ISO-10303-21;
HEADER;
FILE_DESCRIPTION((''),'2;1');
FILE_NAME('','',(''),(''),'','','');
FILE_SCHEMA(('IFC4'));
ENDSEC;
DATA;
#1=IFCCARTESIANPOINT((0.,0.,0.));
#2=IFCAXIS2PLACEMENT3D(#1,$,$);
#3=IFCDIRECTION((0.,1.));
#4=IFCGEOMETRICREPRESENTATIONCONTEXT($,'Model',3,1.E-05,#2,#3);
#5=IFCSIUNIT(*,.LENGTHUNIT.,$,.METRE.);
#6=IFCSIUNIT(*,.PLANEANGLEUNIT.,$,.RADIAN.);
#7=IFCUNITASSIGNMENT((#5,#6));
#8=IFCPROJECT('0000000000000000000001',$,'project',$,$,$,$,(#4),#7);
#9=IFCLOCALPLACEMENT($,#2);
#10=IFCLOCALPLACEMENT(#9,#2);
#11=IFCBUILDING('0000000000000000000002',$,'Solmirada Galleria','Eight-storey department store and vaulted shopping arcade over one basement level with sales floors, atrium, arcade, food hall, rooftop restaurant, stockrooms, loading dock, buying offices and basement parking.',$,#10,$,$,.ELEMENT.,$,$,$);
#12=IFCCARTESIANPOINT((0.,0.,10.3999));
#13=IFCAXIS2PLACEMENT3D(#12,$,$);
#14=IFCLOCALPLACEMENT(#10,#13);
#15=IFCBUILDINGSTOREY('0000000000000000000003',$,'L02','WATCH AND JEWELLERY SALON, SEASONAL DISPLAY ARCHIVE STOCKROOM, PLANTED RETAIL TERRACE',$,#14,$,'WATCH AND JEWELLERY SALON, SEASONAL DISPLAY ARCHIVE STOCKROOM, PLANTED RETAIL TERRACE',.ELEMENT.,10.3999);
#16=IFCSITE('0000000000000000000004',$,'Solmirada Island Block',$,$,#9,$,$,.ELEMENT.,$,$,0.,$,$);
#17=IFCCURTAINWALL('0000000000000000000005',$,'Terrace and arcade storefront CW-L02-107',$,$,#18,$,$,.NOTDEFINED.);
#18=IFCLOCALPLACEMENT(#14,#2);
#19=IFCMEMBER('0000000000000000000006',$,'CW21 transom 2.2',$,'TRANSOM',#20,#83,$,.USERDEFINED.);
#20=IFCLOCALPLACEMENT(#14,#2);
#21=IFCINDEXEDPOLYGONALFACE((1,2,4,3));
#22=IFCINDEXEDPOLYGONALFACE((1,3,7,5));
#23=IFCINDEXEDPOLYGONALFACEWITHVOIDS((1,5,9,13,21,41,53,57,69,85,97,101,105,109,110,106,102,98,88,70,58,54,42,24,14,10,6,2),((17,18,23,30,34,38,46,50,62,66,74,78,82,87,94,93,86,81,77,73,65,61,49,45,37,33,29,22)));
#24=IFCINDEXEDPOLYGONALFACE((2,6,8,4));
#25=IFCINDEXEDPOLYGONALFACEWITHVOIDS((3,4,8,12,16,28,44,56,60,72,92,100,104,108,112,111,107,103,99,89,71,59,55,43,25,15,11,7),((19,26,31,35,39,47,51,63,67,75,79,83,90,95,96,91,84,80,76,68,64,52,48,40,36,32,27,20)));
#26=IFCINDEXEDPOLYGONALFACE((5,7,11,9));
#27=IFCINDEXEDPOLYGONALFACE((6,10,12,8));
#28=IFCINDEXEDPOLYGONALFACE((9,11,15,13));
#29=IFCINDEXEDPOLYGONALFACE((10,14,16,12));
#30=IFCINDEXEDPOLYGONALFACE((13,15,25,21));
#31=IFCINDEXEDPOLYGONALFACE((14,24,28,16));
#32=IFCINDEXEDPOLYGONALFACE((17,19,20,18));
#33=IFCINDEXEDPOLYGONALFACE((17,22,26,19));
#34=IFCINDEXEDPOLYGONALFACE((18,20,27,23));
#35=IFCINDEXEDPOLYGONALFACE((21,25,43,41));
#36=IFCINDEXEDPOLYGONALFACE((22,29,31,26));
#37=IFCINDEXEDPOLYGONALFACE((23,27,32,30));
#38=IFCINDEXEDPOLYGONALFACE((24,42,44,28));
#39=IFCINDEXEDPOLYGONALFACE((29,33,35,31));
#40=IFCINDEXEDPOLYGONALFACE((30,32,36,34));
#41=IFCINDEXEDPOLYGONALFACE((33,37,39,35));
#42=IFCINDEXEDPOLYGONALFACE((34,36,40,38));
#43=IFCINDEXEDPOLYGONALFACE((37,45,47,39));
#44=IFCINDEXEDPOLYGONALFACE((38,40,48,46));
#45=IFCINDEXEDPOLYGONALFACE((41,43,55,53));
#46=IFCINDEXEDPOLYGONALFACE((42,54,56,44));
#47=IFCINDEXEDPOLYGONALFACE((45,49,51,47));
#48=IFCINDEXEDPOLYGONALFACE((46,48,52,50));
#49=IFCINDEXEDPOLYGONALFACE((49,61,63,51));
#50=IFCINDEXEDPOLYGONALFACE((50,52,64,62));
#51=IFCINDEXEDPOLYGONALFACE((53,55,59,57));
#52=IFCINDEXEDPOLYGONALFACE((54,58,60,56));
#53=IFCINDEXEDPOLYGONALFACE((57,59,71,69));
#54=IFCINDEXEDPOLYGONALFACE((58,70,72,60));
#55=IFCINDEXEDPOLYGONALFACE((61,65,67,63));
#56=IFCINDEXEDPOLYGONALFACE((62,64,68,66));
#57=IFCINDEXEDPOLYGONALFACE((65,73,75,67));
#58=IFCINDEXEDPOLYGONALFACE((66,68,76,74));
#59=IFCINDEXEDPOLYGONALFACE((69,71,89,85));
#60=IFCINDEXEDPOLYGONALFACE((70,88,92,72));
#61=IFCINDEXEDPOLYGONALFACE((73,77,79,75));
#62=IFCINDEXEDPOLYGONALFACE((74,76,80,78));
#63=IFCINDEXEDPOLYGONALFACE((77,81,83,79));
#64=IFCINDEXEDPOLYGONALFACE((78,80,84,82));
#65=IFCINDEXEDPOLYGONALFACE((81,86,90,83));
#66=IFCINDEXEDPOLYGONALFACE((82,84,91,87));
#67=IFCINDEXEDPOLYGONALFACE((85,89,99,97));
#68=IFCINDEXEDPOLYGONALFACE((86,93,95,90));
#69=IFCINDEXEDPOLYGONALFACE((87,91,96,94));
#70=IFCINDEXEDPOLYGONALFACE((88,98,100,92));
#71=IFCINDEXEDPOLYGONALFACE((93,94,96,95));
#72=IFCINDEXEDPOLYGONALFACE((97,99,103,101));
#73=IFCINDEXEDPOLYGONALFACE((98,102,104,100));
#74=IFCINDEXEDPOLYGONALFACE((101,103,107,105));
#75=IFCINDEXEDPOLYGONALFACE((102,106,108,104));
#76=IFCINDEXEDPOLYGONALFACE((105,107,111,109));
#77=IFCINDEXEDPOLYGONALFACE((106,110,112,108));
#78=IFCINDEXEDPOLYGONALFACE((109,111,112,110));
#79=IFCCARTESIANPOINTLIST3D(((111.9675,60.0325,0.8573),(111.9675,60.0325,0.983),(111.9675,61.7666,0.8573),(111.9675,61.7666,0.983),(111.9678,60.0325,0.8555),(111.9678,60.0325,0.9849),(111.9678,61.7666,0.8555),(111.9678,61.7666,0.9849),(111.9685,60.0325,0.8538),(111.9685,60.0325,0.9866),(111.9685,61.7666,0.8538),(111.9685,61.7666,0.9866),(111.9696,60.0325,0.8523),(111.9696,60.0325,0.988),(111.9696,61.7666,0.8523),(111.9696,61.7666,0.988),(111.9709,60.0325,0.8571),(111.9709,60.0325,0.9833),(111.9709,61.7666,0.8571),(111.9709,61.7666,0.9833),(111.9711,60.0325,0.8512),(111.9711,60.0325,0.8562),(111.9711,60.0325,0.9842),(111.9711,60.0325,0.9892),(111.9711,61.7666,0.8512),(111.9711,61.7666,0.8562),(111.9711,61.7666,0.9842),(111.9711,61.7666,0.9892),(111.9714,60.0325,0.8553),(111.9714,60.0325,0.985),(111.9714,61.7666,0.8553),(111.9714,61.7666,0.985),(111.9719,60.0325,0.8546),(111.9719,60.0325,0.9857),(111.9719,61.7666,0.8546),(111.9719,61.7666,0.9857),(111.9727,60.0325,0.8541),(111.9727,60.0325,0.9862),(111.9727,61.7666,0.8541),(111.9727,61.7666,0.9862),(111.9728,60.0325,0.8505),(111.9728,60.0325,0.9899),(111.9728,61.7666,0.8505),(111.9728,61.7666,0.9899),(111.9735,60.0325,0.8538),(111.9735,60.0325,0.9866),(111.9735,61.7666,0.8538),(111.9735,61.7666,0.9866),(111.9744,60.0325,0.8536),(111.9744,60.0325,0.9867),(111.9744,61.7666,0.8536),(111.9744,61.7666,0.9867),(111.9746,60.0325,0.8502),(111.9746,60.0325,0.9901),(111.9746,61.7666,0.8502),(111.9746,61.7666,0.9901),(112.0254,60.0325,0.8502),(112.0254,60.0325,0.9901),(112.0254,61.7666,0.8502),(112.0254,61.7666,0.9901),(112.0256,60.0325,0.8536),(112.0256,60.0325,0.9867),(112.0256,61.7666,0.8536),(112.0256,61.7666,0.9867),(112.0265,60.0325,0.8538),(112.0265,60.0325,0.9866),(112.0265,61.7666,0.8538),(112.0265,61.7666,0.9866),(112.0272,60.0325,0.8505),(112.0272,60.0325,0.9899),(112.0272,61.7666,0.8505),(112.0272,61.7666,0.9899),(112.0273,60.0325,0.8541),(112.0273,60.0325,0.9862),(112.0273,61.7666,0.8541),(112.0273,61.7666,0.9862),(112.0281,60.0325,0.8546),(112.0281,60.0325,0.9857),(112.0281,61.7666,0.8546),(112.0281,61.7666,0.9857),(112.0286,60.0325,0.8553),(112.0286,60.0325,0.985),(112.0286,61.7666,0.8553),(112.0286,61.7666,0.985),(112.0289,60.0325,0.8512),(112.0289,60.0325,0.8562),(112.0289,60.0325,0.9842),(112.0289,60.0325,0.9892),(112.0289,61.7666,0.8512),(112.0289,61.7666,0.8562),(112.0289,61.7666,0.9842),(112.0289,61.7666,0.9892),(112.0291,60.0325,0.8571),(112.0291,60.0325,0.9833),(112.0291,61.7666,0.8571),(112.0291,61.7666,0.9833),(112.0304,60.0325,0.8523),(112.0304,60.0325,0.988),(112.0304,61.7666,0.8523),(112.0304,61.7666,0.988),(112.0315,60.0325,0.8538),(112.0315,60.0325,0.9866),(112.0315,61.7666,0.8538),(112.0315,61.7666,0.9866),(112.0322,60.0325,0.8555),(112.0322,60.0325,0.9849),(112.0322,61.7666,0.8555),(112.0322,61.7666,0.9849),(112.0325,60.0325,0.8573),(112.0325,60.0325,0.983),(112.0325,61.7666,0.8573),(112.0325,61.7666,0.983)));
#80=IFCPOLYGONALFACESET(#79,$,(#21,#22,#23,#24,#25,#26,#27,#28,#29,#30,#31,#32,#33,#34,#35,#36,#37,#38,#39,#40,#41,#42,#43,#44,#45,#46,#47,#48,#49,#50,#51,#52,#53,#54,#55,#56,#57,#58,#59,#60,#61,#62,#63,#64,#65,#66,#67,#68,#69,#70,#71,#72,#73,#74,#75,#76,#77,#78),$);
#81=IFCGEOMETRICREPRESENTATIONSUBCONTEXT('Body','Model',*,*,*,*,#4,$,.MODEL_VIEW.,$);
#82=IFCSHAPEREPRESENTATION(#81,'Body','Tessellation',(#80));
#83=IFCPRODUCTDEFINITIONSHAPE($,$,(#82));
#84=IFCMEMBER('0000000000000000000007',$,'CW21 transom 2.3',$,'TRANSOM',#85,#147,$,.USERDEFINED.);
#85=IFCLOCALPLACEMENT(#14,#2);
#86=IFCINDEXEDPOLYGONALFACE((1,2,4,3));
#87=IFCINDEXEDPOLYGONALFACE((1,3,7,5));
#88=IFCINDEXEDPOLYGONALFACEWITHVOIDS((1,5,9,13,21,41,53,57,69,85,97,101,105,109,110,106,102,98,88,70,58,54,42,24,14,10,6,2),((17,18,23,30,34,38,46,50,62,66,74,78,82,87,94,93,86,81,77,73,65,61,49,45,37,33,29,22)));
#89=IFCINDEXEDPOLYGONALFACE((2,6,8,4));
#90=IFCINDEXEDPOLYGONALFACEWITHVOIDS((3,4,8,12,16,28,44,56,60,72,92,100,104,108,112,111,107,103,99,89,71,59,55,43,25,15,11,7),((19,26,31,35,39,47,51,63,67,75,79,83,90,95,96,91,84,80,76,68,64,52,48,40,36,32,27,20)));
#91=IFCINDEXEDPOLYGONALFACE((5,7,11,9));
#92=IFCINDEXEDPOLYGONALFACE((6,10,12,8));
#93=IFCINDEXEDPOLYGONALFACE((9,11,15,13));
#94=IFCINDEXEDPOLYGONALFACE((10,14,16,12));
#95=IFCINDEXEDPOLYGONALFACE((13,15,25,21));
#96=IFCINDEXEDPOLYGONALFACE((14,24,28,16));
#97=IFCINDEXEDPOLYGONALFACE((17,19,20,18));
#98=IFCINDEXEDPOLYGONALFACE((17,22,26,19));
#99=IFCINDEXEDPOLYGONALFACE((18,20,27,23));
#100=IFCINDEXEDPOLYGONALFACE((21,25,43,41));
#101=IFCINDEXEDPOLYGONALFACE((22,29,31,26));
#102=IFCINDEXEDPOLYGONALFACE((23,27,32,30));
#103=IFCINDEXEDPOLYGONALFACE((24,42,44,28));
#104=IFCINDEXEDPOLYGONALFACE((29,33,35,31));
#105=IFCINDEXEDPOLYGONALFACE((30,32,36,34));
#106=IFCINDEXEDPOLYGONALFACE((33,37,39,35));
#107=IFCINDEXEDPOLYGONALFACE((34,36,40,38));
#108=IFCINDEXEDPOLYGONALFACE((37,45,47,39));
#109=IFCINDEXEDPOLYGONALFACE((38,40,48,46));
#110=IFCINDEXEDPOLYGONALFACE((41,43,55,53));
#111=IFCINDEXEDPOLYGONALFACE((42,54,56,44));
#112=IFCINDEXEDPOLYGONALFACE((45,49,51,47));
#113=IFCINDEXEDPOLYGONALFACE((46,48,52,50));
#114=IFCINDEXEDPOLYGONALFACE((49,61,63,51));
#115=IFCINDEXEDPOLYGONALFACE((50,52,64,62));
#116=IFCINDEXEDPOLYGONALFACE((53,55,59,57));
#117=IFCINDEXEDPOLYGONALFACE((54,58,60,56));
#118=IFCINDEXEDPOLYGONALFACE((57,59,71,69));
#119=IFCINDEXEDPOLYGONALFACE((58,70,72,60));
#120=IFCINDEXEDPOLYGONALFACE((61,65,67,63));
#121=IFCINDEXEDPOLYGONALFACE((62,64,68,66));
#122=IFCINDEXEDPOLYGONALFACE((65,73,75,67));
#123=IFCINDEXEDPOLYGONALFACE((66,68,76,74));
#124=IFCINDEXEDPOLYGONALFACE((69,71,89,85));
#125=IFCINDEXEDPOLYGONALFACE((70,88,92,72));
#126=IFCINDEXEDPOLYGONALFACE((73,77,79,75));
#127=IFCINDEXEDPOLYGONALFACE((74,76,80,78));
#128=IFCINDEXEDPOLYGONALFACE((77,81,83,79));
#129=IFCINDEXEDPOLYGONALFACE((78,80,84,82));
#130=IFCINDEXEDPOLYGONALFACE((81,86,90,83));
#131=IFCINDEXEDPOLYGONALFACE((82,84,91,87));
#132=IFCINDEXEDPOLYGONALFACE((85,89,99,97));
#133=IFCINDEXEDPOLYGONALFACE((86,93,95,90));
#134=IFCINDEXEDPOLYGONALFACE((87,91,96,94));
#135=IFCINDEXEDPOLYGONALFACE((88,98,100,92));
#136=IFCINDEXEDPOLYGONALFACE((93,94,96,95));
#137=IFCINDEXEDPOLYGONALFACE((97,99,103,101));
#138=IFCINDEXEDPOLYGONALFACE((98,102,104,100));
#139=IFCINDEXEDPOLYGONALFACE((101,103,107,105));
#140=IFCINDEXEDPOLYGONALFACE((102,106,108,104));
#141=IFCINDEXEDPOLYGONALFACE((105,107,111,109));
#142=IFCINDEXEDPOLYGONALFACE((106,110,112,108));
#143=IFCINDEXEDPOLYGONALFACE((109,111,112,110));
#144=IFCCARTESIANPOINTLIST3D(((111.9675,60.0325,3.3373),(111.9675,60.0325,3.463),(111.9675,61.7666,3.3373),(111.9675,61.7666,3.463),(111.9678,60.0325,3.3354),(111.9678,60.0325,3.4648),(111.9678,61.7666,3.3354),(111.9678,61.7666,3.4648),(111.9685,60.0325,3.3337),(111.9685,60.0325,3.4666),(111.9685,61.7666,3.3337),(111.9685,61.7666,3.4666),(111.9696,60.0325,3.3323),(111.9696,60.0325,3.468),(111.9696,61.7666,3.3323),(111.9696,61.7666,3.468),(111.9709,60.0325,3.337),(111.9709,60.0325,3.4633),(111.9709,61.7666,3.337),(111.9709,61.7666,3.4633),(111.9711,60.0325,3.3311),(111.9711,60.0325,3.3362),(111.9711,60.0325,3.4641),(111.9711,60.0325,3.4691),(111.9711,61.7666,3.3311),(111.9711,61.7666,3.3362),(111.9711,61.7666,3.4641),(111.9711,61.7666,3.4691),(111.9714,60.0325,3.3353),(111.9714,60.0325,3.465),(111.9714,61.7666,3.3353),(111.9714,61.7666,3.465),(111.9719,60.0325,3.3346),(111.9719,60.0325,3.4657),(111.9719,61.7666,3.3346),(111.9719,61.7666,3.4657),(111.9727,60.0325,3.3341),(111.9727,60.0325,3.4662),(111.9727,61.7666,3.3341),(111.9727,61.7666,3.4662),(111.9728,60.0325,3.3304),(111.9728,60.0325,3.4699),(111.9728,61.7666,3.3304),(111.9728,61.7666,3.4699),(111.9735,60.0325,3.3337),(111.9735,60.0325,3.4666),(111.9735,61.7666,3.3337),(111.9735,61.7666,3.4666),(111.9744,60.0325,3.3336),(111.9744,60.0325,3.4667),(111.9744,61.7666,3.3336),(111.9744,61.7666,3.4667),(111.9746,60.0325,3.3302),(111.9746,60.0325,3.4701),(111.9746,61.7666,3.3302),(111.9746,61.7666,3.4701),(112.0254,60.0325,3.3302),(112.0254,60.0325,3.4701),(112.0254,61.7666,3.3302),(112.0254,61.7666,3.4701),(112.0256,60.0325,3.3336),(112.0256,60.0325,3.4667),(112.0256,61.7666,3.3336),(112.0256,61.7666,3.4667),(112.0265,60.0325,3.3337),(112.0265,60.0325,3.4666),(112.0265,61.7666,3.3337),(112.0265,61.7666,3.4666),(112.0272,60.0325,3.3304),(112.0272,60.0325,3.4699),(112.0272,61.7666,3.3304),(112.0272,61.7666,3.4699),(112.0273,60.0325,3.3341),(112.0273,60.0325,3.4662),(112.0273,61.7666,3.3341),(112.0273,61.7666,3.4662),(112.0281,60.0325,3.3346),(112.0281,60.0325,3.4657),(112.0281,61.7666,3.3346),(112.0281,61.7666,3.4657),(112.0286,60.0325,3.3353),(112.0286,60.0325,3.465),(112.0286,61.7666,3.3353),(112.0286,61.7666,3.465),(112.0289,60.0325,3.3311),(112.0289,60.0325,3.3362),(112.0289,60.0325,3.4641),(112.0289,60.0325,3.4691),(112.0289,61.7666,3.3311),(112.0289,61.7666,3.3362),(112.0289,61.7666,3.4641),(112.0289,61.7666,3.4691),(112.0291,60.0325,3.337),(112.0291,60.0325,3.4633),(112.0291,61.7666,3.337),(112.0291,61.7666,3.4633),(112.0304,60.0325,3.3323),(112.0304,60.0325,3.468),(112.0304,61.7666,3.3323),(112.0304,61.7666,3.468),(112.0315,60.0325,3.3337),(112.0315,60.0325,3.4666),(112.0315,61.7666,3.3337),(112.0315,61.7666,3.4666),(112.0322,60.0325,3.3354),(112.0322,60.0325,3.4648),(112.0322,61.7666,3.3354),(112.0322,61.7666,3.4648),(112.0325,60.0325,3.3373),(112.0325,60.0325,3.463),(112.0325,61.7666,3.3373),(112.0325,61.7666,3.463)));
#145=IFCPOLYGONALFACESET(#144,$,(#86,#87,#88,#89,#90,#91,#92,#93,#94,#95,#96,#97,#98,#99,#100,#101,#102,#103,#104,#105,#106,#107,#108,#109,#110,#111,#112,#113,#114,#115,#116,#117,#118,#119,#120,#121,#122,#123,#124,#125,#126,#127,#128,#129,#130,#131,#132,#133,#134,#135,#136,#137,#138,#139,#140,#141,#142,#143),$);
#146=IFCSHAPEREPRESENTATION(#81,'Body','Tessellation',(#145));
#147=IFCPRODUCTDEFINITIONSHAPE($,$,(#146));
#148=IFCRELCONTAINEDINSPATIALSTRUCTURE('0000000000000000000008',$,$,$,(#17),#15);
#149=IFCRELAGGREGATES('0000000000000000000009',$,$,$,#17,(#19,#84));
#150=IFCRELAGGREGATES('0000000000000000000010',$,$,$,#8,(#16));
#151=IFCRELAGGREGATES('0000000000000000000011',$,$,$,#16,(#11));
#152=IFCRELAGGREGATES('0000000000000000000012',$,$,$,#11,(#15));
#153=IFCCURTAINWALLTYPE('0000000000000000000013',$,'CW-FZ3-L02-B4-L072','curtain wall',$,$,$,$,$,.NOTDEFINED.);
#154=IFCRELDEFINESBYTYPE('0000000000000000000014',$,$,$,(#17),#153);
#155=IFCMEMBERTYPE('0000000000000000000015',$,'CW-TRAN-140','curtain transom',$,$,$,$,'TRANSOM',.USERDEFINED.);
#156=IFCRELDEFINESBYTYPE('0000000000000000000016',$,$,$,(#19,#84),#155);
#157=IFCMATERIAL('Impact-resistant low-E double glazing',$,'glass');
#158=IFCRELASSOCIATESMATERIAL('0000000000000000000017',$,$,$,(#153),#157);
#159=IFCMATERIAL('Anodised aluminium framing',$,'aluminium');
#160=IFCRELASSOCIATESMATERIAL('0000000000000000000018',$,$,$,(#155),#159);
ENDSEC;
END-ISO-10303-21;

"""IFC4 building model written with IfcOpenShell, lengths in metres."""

from ifc_helpers import new_model, si_unit, direction, frame, origin, origin_2d, place, context, subcontext, project, spatial, hollow_rectangle, extrude, material, material_profile, profile_set, type_object, element, aggregate, save


model = new_model("IFC4")

# Units and contexts
model_context = context("Model", 3, precision=1e-05, world=origin(), true_north=direction((0.0, 1.0)))
body_context = subcontext(model_context, "Body", "Model", "MODEL_VIEW")
ifc_project = project(units=[si_unit("LENGTHUNIT", "METRE"), si_unit("PLANEANGLEUNIT", "RADIAN")], contexts=[model_context])

# Site, building, storey
site_placement = place(None, origin())
site = spatial("IfcSite", under=ifc_project, at=site_placement, Name="Solmirada Island Block", CompositionType="ELEMENT", RefElevation=0.0)
building_placement = place(site_placement, origin())
building = spatial("IfcBuilding", under=site, at=building_placement, Name="Solmirada Galleria", Description="Eight-storey department store and vaulted shopping arcade over one basement level with sales floors, atrium, arcade, food hall, rooftop restaurant, stockrooms, loading dock, buying offices and basement parking.", CompositionType="ELEMENT")
storey_placement = place(building_placement, frame((0.0, 0.0, 10.3999)))
storey = spatial("IfcBuildingStorey", under=building, at=storey_placement, Name="L02", Description="WATCH AND JEWELLERY SALON, SEASONAL DISPLAY ARCHIVE STOCKROOM, PLANTED RETAIL TERRACE", LongName="WATCH AND JEWELLERY SALON, SEASONAL DISPLAY ARCHIVE STOCKROOM, PLANTED RETAIL TERRACE", CompositionType="ELEMENT", Elevation=10.3999)

# Curtain wall
ifc_material_1 = material(Name="Impact-resistant low-E double glazing", Category="glass")
curtain_wall_type_1 = type_object("IfcCurtainWallType", Name="CW-FZ3-L02-B4-L072", Description="curtain wall", PredefinedType="NOTDEFINED", material=ifc_material_1)
curtain_wall_1_placement = place(storey_placement, origin())
curtain_wall_1 = element("IfcCurtainWall", 1, at=curtain_wall_1_placement, inside=storey, type_object=curtain_wall_type_1, Name="Terrace and arcade storefront CW-L02-107", PredefinedType="NOTDEFINED")
ifc_material_2 = material(Name="Anodised aluminium framing", Category="aluminium")

# Members
ifc_material_profile_1 = material_profile(ifc_material_2, hollow_rectangle(XDim=0.0649, YDim=0.1399, WallThickness=0.0034, InnerFilletRadius=0.0034, OuterFilletRadius=0.0071, at=origin_2d()), Name="ALU-TRAN-140X65")
ifc_profile_set_1 = profile_set([ifc_material_profile_1], Name="Anodised aluminium framing")
member_type_1 = type_object("IfcMemberType", Name="CW-TRAN-140", Description="curtain transom", ElementType="TRANSOM", PredefinedType="USERDEFINED", material=ifc_profile_set_1)
member_1_placement = place(storey_placement, frame((112.0, 61.7666, 0.9202), z_axis=(0.0, -1.0, 0.0), x_axis=(1.0, 0.0, 0.0)))
member_1 = element("IfcMember", 2, at=member_1_placement, type_object=member_type_1, Name="CW21 transom 2.2", ObjectType="TRANSOM", PredefinedType="USERDEFINED", context=body_context, shape_type="SweptSolid", body=[
    extrude(hollow_rectangle(XDim=0.0649, YDim=0.1399, WallThickness=0.0034, InnerFilletRadius=0.0034, OuterFilletRadius=0.0071, at=origin_2d()), origin(), (0.0, 0.0, 1.0), 1.7341),
])
member_2_placement = place(storey_placement, frame((112.0, 61.7666, 3.4001), z_axis=(0.0, -1.0, 0.0), x_axis=(1.0, 0.0, 0.0)))
member_2 = element("IfcMember", 3, at=member_2_placement, type_object=member_type_1, Name="CW21 transom 2.3", ObjectType="TRANSOM", PredefinedType="USERDEFINED", context=body_context, shape_type="SweptSolid", body=[
    extrude(hollow_rectangle(XDim=0.0649, YDim=0.1399, WallThickness=0.0034, InnerFilletRadius=0.0034, OuterFilletRadius=0.0071, at=origin_2d()), origin(), (0.0, 0.0, 1.0), 1.7341),
])

aggregate(curtain_wall_1, [member_1, member_2])

save(model, "model.ifc")
